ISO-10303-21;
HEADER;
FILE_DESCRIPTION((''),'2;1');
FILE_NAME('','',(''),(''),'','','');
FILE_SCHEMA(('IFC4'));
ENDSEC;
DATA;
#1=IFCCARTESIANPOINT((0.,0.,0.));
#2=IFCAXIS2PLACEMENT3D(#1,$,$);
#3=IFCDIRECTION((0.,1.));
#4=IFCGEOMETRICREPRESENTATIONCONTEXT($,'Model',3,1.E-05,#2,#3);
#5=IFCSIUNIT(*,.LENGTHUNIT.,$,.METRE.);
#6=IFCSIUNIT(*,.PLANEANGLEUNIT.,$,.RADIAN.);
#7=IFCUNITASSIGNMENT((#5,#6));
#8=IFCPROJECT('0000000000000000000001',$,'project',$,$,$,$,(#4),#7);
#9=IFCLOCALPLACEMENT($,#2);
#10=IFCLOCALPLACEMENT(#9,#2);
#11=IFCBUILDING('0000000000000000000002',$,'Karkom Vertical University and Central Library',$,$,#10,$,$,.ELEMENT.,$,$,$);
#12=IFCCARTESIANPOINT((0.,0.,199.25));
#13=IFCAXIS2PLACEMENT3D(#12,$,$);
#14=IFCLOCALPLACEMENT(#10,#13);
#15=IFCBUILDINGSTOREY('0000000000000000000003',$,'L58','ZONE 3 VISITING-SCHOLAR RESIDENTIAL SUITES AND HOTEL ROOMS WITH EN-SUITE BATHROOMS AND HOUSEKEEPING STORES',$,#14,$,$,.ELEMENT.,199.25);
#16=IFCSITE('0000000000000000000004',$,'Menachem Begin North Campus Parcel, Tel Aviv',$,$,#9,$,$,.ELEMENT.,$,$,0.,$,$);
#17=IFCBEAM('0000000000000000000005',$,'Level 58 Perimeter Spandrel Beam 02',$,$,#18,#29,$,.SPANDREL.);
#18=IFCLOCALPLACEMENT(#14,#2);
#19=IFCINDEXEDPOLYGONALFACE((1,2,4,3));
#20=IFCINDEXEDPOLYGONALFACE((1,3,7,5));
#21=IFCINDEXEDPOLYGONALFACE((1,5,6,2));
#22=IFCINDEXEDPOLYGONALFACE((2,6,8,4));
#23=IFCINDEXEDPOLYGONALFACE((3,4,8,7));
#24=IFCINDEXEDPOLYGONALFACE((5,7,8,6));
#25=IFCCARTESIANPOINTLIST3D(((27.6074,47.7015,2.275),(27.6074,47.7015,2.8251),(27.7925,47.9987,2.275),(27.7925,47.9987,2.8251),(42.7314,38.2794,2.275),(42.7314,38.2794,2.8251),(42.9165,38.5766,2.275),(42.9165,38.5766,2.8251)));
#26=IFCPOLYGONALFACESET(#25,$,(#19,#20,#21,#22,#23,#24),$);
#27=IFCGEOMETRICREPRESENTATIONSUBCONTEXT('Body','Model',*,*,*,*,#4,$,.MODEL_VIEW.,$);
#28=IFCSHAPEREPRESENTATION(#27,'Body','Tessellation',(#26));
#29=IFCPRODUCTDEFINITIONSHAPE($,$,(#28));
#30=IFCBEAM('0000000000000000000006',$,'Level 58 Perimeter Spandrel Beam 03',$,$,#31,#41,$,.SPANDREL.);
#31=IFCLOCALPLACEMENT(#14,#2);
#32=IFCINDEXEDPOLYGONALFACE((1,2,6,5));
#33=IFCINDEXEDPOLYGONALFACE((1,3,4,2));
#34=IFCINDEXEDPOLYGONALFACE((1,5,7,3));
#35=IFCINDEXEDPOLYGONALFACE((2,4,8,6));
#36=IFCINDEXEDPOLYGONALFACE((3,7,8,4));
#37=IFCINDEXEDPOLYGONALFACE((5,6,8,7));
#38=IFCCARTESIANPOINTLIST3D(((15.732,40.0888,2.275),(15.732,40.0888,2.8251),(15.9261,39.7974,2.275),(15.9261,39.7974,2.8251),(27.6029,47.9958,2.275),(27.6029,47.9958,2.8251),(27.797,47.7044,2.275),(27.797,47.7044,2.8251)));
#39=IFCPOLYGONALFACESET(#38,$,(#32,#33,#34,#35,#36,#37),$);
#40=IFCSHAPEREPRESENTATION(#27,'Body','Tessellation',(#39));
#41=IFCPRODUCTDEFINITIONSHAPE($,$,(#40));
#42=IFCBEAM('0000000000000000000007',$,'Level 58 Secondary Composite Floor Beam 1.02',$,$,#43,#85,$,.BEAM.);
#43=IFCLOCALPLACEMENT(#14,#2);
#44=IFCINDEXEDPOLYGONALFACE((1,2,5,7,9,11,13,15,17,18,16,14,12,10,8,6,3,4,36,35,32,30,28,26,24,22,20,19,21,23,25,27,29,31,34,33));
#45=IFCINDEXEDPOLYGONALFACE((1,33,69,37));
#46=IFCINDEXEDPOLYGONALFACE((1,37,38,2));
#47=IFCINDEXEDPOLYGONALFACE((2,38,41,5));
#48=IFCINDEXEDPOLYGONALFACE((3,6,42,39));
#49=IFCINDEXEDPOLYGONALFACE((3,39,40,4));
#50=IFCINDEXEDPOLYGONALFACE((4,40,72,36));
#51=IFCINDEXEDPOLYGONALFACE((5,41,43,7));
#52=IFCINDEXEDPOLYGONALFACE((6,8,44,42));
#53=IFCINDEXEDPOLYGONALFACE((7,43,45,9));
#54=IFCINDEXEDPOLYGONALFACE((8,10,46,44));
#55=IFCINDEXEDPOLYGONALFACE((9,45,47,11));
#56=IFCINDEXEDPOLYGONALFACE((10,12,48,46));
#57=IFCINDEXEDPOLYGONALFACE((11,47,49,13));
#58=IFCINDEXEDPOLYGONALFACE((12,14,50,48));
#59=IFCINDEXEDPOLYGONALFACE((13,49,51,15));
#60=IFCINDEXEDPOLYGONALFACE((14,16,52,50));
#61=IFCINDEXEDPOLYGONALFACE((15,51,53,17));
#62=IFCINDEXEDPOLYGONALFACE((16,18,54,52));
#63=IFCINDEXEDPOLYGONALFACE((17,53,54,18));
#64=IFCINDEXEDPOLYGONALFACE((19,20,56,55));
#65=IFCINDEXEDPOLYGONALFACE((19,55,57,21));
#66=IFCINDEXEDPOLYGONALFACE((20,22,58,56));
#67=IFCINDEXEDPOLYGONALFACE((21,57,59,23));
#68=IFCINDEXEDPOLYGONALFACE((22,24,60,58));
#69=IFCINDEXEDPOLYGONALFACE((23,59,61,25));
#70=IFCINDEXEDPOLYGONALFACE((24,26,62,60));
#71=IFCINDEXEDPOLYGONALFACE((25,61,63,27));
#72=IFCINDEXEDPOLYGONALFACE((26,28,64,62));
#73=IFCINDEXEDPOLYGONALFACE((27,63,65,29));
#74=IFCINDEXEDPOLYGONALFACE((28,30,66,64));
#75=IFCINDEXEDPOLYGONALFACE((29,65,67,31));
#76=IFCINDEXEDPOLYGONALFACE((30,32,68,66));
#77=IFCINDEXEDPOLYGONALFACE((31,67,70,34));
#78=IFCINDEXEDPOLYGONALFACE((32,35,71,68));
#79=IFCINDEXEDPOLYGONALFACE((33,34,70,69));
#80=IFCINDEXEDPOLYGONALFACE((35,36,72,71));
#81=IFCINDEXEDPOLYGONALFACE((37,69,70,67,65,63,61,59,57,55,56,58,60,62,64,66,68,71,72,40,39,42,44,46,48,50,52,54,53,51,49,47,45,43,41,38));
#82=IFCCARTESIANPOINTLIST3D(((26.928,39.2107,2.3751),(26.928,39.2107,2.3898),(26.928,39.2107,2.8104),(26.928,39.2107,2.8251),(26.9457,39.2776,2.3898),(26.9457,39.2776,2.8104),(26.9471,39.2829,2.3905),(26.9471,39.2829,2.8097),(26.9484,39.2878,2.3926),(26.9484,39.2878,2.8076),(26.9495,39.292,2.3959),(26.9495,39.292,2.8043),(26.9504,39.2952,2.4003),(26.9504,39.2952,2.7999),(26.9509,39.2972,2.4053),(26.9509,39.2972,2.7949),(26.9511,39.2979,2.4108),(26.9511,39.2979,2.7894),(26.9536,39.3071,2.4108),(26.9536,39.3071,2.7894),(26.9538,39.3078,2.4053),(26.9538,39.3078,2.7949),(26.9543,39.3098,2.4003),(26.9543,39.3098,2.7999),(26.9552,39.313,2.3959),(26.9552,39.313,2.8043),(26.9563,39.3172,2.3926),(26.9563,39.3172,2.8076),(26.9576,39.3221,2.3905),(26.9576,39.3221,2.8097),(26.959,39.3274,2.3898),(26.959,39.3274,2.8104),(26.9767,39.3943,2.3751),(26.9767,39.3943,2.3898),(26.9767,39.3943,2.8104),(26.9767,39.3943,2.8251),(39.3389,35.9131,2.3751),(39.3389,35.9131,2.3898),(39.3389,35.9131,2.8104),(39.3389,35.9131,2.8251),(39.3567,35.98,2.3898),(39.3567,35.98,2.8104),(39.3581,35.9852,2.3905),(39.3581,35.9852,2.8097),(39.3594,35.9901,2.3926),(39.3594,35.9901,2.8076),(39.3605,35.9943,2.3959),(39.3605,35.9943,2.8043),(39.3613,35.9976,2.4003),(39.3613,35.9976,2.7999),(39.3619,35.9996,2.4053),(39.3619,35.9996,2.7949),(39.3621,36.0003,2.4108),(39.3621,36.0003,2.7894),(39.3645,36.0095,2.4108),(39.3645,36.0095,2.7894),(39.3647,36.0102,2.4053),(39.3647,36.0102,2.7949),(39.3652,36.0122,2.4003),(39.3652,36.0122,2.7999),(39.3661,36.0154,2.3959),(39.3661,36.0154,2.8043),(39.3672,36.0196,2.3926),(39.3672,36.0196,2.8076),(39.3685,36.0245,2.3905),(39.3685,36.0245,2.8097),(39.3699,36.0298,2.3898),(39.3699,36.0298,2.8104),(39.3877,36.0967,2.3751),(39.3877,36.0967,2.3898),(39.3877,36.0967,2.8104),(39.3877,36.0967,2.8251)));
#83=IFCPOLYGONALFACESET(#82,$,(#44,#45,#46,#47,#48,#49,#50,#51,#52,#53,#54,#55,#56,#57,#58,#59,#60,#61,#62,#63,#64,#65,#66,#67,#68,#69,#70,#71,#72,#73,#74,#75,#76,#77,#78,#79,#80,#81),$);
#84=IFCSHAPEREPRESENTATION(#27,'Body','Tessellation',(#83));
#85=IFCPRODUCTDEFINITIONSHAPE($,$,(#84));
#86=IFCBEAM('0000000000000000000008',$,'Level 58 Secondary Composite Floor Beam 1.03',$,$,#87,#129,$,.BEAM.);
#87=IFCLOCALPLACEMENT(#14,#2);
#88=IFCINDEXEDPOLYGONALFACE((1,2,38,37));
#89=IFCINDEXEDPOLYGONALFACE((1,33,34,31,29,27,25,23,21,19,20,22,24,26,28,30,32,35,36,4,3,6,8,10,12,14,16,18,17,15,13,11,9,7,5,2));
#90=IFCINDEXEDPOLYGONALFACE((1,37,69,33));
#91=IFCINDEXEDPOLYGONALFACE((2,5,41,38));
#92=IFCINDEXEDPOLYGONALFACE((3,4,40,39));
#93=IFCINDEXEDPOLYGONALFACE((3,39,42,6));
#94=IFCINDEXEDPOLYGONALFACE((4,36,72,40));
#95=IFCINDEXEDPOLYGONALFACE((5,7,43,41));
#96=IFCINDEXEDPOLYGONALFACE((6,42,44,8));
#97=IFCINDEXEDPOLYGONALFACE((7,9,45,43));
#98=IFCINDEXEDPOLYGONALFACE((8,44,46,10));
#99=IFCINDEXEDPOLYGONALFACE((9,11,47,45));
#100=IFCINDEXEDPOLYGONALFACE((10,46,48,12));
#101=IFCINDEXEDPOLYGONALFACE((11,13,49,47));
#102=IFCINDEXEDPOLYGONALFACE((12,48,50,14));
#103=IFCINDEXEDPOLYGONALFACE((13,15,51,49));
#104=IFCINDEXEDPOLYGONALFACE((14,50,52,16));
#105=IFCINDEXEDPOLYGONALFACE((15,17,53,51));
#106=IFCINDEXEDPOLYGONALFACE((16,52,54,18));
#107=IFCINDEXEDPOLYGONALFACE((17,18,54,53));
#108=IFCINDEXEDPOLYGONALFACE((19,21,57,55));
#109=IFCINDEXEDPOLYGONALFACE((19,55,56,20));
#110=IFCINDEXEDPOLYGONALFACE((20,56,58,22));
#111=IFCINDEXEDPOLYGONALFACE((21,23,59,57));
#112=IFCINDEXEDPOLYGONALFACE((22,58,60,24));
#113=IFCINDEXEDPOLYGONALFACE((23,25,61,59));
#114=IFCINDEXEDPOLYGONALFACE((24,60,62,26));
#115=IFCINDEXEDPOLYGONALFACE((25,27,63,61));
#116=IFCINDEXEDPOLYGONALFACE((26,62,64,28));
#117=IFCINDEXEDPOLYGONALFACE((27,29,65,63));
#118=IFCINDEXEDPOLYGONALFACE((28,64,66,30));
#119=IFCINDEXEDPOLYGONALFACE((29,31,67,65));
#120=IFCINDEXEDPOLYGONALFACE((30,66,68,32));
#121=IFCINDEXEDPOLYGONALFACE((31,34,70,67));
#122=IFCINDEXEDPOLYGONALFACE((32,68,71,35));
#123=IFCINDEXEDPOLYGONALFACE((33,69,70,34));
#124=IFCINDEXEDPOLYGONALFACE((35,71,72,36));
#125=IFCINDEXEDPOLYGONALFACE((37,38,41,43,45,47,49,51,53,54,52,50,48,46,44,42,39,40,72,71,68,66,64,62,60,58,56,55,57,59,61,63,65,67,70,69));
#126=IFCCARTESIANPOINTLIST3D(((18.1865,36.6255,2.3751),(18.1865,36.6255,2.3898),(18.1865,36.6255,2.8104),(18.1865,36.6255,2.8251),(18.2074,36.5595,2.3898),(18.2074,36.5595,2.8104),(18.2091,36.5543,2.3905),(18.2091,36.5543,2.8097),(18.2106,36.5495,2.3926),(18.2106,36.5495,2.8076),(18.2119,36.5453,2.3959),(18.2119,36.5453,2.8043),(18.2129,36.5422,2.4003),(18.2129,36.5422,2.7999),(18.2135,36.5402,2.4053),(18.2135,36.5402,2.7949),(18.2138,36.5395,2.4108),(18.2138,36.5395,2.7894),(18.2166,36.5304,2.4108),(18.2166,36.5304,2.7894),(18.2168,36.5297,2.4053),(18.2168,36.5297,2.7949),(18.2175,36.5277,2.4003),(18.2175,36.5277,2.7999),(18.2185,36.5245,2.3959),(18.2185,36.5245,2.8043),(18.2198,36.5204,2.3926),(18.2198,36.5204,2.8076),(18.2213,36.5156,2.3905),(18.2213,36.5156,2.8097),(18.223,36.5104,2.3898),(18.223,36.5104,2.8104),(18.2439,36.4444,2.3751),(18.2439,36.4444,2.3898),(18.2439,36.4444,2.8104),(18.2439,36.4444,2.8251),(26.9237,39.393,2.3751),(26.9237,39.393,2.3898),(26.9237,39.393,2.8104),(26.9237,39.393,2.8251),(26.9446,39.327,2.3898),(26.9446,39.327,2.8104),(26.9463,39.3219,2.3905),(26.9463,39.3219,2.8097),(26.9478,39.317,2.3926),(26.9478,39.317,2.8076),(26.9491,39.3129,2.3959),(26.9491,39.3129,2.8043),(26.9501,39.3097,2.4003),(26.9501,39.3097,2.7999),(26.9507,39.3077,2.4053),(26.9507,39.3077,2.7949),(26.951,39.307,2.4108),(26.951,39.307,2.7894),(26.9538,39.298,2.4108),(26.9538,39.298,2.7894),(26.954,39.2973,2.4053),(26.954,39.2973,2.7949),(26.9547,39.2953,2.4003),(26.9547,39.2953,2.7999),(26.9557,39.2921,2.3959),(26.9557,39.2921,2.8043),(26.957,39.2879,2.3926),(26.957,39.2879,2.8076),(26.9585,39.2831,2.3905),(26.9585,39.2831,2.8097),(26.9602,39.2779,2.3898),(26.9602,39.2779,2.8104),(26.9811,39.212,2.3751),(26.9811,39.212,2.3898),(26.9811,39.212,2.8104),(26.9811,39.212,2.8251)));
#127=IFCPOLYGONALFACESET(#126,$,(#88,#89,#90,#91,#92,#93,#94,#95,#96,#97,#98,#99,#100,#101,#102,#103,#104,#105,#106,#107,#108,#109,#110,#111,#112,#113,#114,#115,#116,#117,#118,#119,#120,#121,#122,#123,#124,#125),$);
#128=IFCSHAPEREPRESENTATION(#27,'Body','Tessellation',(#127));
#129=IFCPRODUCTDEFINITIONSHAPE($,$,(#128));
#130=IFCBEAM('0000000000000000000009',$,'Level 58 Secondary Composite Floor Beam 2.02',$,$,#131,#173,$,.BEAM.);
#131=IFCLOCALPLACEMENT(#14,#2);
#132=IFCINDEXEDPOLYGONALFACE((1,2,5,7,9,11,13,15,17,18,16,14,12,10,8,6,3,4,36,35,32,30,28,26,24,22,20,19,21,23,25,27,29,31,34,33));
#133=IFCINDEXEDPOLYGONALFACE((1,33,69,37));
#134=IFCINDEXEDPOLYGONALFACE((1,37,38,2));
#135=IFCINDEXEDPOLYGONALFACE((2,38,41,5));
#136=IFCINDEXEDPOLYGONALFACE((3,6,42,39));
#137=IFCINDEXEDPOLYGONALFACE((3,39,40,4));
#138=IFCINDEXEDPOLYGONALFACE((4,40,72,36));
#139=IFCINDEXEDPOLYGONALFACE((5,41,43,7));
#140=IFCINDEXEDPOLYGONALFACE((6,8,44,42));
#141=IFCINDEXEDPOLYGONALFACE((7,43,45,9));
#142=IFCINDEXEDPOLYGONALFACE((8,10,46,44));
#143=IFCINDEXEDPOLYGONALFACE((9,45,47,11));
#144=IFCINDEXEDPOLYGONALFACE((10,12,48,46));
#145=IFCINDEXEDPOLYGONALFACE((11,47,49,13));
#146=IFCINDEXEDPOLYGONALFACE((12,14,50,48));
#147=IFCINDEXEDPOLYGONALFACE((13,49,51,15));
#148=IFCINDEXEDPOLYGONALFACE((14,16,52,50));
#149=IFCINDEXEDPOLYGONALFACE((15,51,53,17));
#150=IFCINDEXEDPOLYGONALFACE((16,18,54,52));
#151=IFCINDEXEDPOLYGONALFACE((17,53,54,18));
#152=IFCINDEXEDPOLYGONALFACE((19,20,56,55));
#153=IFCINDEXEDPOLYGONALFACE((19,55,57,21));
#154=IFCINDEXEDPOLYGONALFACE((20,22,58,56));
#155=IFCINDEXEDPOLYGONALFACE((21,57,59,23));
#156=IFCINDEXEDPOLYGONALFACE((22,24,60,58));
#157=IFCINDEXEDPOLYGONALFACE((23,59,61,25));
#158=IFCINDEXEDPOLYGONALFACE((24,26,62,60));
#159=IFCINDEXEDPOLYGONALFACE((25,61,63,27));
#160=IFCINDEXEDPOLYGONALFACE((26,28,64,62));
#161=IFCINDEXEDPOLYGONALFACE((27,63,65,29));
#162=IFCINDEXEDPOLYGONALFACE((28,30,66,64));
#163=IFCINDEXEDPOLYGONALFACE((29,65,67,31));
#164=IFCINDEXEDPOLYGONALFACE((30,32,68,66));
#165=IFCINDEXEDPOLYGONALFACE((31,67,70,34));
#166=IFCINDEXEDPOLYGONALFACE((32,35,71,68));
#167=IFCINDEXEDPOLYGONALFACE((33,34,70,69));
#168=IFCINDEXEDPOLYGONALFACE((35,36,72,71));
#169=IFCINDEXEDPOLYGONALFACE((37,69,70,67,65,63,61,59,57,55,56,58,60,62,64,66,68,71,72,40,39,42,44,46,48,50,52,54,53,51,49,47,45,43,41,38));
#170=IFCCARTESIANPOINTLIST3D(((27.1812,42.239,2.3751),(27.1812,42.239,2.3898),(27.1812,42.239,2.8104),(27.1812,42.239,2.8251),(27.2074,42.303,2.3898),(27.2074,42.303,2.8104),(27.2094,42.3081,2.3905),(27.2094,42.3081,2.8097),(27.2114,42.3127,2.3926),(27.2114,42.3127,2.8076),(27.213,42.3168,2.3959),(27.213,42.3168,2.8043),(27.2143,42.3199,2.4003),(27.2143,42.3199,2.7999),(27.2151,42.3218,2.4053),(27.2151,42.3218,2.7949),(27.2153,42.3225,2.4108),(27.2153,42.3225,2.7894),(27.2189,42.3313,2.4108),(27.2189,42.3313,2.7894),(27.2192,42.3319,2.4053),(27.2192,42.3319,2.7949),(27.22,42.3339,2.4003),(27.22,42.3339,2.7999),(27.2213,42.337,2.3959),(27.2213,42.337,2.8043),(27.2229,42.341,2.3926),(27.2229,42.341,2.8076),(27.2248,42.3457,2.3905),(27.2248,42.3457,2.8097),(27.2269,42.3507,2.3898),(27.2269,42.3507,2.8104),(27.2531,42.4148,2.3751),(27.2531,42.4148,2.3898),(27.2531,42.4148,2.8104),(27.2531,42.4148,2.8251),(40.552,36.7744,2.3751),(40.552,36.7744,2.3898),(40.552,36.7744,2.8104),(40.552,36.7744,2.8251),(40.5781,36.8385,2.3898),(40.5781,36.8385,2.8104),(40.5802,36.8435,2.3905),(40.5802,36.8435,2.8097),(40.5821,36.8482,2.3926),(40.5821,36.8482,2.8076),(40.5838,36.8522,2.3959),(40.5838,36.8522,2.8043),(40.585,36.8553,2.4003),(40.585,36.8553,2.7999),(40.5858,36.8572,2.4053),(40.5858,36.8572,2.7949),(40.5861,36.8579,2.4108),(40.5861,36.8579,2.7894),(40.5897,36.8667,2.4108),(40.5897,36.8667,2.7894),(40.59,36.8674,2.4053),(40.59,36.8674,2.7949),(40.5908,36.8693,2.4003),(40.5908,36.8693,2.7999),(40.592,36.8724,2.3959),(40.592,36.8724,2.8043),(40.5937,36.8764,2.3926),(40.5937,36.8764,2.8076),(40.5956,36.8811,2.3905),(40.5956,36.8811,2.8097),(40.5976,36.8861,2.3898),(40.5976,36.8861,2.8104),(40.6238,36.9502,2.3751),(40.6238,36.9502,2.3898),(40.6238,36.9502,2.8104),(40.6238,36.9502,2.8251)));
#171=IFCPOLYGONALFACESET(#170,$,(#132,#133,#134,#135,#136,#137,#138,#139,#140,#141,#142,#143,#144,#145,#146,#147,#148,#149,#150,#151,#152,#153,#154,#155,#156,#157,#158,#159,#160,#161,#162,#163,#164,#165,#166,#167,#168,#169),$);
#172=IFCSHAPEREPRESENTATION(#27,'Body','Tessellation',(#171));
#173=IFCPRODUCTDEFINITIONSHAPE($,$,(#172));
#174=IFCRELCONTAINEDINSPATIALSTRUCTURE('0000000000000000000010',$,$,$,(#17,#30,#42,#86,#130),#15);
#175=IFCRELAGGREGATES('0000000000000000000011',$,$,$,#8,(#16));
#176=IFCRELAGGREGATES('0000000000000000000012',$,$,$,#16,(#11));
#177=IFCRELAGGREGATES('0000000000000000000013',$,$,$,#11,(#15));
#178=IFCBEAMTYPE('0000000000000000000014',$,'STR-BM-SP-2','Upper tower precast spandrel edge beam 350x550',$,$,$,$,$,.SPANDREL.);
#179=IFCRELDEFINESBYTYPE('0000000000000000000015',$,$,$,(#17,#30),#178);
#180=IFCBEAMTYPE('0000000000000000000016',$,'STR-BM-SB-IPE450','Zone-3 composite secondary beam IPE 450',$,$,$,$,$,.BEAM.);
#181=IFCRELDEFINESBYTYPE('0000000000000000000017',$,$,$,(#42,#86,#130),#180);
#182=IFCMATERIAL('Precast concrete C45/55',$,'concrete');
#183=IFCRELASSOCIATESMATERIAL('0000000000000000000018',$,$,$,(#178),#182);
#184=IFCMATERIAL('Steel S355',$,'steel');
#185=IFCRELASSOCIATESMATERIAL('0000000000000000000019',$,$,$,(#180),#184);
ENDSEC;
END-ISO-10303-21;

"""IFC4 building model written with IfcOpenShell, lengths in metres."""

from ifc_helpers import new_model, si_unit, direction, frame, origin, origin_with_axes, origin_2d, place, context, subcontext, project, spatial, rectangle, i_section, extrude, source, transform, mapped, material, material_profile, profile_set, type_object, element, save


model = new_model("IFC4")

# Units and contexts
model_context = context("Model", 3, precision=1e-05, world=origin(), true_north=direction((0.0, 1.0)))
body_context = subcontext(model_context, "Body", "Model", "MODEL_VIEW")
ifc_project = project(units=[si_unit("LENGTHUNIT", "METRE"), si_unit("PLANEANGLEUNIT", "RADIAN")], contexts=[model_context])

# Site, building, storey
site_placement = place(None, origin())
site = spatial("IfcSite", under=ifc_project, at=site_placement, Name="Menachem Begin North Campus Parcel, Tel Aviv", CompositionType="ELEMENT", RefElevation=0.0)
building_placement = place(site_placement, origin())
building = spatial("IfcBuilding", under=site, at=building_placement, Name="Karkom Vertical University and Central Library", CompositionType="ELEMENT")
storey_placement = place(building_placement, frame((0.0, 0.0, 199.25)))
storey = spatial("IfcBuildingStorey", under=building, at=storey_placement, Name="L58", Description="ZONE 3 VISITING-SCHOLAR RESIDENTIAL SUITES AND HOTEL ROOMS WITH EN-SUITE BATHROOMS AND HOUSEKEEPING STORES", CompositionType="ELEMENT", Elevation=199.25)

# Beams
ifc_material_1 = material(Name="Precast concrete C45/55", Category="concrete")
ifc_material_profile_1 = material_profile(ifc_material_1, rectangle(XDim=0.3501, YDim=0.55, at=origin_2d()), Name="SPB-350x550")
ifc_profile_set_1 = profile_set([ifc_material_profile_1], Name="Precast concrete C45/55")
beam_type_1 = type_object("IfcBeamType", Name="STR-BM-SP-2", Description="Upper tower precast spandrel edge beam 350x550", PredefinedType="SPANDREL", material=ifc_profile_set_1)
shared_shape_1 = source(origin_with_axes(), body_context, "Body", "SweptSolid", [
    extrude(rectangle(XDim=0.3501, YDim=0.55, at=origin_2d()), origin(), (0.0, 0.0, 1.0), 17.8188),
])
beam_1_placement = place(storey_placement, frame((42.824, 38.428, 2.55), z_axis=(-0.848764, 0.528772, 0.0), x_axis=(-0.528772, -0.848764, 0.0)))
element("IfcBeam", 1, at=beam_1_placement, inside=storey, type_object=beam_type_1, Name="Level 58 Perimeter Spandrel Beam 02", PredefinedType="SPANDREL", context=body_context, shape_type="MappedRepresentation", body=[
    mapped(shared_shape_1, transform((0.0, 0.0, 0.0), scale=1.0)),
])
shared_shape_2 = source(origin_with_axes(), body_context, "Body", "SweptSolid", [
    extrude(rectangle(XDim=0.3501, YDim=0.55, at=origin_2d()), origin(), (0.0, 0.0, 1.0), 14.2632),
])
beam_2_placement = place(storey_placement, frame((27.7, 47.8501, 2.55), z_axis=(-0.832274, -0.554364, 0.0), x_axis=(0.554364, -0.832274, 0.0)))
element("IfcBeam", 2, at=beam_2_placement, inside=storey, type_object=beam_type_1, Name="Level 58 Perimeter Spandrel Beam 03", PredefinedType="SPANDREL", context=body_context, shape_type="MappedRepresentation", body=[
    mapped(shared_shape_2, transform((0.0, 0.0, 0.0), scale=1.0)),
])
ifc_material_2 = material(Name="Steel S355", Category="steel")
ifc_material_profile_2 = material_profile(ifc_material_2, i_section(OverallWidth=0.1899, OverallDepth=0.45, WebThickness=0.0095, FlangeThickness=0.0146, FilletRadius=0.021, at=origin_2d()), Name="IPE 450")
ifc_profile_set_2 = profile_set([ifc_material_profile_2], Name="Steel S355")
beam_type_2 = type_object("IfcBeamType", Name="STR-BM-SB-IPE450", Description="Zone-3 composite secondary beam IPE 450", PredefinedType="BEAM", material=ifc_profile_set_2)
shared_shape_3 = source(origin_with_axes(), body_context, "Body", "SweptSolid", [
    extrude(i_section(OverallWidth=0.1899, OverallDepth=0.45, WebThickness=0.0095, FlangeThickness=0.0146, FilletRadius=0.021, at=origin_2d()), origin(), (0.0, 0.0, 1.0), 12.8416),
])
beam_3_placement = place(storey_placement, frame((39.3633, 36.0049, 2.6001), z_axis=(-0.966466, 0.256793, 0.0), x_axis=(-0.256793, -0.966466, 0.0)))
element("IfcBeam", 3, at=beam_3_placement, inside=storey, type_object=beam_type_2, Name="Level 58 Secondary Composite Floor Beam 1.02", PredefinedType="BEAM", context=body_context, shape_type="MappedRepresentation", body=[
    mapped(shared_shape_3, transform((0.0, 0.0, 0.0), scale=1.0)),
])
shared_shape_4 = source(origin_with_axes(), body_context, "Body", "SweptSolid", [
    extrude(i_section(OverallWidth=0.1899, OverallDepth=0.45, WebThickness=0.0095, FlangeThickness=0.0146, FilletRadius=0.021, at=origin_2d()), origin(), (0.0, 0.0, 1.0), 9.165),
])
beam_4_placement = place(storey_placement, frame((26.9524, 39.3025, 2.6001), z_axis=(-0.953318, -0.301968, 0.0), x_axis=(0.301968, -0.953318, 0.0)))
element("IfcBeam", 4, at=beam_4_placement, inside=storey, type_object=beam_type_2, Name="Level 58 Secondary Composite Floor Beam 1.03", PredefinedType="BEAM", context=body_context, shape_type="MappedRepresentation", body=[
    mapped(shared_shape_4, transform((0.0, 0.0, 0.0), scale=1.0)),
])
shared_shape_5 = source(origin_with_axes(), body_context, "Body", "SweptSolid", [
    extrude(i_section(OverallWidth=0.1899, OverallDepth=0.45, WebThickness=0.0095, FlangeThickness=0.0146, FilletRadius=0.021, at=origin_2d()), origin(), (0.0, 0.0, 1.0), 14.4443),
])
beam_5_placement = place(storey_placement, frame((40.5879, 36.8623, 2.6001), z_axis=(-0.925675, 0.378319, 0.0), x_axis=(-0.378319, -0.925675, 0.0)))
element("IfcBeam", 5, at=beam_5_placement, inside=storey, type_object=beam_type_2, Name="Level 58 Secondary Composite Floor Beam 2.02", PredefinedType="BEAM", context=body_context, shape_type="MappedRepresentation", body=[
    mapped(shared_shape_5, transform((0.0, 0.0, 0.0), scale=1.0)),
])

save(model, "model.ifc")
